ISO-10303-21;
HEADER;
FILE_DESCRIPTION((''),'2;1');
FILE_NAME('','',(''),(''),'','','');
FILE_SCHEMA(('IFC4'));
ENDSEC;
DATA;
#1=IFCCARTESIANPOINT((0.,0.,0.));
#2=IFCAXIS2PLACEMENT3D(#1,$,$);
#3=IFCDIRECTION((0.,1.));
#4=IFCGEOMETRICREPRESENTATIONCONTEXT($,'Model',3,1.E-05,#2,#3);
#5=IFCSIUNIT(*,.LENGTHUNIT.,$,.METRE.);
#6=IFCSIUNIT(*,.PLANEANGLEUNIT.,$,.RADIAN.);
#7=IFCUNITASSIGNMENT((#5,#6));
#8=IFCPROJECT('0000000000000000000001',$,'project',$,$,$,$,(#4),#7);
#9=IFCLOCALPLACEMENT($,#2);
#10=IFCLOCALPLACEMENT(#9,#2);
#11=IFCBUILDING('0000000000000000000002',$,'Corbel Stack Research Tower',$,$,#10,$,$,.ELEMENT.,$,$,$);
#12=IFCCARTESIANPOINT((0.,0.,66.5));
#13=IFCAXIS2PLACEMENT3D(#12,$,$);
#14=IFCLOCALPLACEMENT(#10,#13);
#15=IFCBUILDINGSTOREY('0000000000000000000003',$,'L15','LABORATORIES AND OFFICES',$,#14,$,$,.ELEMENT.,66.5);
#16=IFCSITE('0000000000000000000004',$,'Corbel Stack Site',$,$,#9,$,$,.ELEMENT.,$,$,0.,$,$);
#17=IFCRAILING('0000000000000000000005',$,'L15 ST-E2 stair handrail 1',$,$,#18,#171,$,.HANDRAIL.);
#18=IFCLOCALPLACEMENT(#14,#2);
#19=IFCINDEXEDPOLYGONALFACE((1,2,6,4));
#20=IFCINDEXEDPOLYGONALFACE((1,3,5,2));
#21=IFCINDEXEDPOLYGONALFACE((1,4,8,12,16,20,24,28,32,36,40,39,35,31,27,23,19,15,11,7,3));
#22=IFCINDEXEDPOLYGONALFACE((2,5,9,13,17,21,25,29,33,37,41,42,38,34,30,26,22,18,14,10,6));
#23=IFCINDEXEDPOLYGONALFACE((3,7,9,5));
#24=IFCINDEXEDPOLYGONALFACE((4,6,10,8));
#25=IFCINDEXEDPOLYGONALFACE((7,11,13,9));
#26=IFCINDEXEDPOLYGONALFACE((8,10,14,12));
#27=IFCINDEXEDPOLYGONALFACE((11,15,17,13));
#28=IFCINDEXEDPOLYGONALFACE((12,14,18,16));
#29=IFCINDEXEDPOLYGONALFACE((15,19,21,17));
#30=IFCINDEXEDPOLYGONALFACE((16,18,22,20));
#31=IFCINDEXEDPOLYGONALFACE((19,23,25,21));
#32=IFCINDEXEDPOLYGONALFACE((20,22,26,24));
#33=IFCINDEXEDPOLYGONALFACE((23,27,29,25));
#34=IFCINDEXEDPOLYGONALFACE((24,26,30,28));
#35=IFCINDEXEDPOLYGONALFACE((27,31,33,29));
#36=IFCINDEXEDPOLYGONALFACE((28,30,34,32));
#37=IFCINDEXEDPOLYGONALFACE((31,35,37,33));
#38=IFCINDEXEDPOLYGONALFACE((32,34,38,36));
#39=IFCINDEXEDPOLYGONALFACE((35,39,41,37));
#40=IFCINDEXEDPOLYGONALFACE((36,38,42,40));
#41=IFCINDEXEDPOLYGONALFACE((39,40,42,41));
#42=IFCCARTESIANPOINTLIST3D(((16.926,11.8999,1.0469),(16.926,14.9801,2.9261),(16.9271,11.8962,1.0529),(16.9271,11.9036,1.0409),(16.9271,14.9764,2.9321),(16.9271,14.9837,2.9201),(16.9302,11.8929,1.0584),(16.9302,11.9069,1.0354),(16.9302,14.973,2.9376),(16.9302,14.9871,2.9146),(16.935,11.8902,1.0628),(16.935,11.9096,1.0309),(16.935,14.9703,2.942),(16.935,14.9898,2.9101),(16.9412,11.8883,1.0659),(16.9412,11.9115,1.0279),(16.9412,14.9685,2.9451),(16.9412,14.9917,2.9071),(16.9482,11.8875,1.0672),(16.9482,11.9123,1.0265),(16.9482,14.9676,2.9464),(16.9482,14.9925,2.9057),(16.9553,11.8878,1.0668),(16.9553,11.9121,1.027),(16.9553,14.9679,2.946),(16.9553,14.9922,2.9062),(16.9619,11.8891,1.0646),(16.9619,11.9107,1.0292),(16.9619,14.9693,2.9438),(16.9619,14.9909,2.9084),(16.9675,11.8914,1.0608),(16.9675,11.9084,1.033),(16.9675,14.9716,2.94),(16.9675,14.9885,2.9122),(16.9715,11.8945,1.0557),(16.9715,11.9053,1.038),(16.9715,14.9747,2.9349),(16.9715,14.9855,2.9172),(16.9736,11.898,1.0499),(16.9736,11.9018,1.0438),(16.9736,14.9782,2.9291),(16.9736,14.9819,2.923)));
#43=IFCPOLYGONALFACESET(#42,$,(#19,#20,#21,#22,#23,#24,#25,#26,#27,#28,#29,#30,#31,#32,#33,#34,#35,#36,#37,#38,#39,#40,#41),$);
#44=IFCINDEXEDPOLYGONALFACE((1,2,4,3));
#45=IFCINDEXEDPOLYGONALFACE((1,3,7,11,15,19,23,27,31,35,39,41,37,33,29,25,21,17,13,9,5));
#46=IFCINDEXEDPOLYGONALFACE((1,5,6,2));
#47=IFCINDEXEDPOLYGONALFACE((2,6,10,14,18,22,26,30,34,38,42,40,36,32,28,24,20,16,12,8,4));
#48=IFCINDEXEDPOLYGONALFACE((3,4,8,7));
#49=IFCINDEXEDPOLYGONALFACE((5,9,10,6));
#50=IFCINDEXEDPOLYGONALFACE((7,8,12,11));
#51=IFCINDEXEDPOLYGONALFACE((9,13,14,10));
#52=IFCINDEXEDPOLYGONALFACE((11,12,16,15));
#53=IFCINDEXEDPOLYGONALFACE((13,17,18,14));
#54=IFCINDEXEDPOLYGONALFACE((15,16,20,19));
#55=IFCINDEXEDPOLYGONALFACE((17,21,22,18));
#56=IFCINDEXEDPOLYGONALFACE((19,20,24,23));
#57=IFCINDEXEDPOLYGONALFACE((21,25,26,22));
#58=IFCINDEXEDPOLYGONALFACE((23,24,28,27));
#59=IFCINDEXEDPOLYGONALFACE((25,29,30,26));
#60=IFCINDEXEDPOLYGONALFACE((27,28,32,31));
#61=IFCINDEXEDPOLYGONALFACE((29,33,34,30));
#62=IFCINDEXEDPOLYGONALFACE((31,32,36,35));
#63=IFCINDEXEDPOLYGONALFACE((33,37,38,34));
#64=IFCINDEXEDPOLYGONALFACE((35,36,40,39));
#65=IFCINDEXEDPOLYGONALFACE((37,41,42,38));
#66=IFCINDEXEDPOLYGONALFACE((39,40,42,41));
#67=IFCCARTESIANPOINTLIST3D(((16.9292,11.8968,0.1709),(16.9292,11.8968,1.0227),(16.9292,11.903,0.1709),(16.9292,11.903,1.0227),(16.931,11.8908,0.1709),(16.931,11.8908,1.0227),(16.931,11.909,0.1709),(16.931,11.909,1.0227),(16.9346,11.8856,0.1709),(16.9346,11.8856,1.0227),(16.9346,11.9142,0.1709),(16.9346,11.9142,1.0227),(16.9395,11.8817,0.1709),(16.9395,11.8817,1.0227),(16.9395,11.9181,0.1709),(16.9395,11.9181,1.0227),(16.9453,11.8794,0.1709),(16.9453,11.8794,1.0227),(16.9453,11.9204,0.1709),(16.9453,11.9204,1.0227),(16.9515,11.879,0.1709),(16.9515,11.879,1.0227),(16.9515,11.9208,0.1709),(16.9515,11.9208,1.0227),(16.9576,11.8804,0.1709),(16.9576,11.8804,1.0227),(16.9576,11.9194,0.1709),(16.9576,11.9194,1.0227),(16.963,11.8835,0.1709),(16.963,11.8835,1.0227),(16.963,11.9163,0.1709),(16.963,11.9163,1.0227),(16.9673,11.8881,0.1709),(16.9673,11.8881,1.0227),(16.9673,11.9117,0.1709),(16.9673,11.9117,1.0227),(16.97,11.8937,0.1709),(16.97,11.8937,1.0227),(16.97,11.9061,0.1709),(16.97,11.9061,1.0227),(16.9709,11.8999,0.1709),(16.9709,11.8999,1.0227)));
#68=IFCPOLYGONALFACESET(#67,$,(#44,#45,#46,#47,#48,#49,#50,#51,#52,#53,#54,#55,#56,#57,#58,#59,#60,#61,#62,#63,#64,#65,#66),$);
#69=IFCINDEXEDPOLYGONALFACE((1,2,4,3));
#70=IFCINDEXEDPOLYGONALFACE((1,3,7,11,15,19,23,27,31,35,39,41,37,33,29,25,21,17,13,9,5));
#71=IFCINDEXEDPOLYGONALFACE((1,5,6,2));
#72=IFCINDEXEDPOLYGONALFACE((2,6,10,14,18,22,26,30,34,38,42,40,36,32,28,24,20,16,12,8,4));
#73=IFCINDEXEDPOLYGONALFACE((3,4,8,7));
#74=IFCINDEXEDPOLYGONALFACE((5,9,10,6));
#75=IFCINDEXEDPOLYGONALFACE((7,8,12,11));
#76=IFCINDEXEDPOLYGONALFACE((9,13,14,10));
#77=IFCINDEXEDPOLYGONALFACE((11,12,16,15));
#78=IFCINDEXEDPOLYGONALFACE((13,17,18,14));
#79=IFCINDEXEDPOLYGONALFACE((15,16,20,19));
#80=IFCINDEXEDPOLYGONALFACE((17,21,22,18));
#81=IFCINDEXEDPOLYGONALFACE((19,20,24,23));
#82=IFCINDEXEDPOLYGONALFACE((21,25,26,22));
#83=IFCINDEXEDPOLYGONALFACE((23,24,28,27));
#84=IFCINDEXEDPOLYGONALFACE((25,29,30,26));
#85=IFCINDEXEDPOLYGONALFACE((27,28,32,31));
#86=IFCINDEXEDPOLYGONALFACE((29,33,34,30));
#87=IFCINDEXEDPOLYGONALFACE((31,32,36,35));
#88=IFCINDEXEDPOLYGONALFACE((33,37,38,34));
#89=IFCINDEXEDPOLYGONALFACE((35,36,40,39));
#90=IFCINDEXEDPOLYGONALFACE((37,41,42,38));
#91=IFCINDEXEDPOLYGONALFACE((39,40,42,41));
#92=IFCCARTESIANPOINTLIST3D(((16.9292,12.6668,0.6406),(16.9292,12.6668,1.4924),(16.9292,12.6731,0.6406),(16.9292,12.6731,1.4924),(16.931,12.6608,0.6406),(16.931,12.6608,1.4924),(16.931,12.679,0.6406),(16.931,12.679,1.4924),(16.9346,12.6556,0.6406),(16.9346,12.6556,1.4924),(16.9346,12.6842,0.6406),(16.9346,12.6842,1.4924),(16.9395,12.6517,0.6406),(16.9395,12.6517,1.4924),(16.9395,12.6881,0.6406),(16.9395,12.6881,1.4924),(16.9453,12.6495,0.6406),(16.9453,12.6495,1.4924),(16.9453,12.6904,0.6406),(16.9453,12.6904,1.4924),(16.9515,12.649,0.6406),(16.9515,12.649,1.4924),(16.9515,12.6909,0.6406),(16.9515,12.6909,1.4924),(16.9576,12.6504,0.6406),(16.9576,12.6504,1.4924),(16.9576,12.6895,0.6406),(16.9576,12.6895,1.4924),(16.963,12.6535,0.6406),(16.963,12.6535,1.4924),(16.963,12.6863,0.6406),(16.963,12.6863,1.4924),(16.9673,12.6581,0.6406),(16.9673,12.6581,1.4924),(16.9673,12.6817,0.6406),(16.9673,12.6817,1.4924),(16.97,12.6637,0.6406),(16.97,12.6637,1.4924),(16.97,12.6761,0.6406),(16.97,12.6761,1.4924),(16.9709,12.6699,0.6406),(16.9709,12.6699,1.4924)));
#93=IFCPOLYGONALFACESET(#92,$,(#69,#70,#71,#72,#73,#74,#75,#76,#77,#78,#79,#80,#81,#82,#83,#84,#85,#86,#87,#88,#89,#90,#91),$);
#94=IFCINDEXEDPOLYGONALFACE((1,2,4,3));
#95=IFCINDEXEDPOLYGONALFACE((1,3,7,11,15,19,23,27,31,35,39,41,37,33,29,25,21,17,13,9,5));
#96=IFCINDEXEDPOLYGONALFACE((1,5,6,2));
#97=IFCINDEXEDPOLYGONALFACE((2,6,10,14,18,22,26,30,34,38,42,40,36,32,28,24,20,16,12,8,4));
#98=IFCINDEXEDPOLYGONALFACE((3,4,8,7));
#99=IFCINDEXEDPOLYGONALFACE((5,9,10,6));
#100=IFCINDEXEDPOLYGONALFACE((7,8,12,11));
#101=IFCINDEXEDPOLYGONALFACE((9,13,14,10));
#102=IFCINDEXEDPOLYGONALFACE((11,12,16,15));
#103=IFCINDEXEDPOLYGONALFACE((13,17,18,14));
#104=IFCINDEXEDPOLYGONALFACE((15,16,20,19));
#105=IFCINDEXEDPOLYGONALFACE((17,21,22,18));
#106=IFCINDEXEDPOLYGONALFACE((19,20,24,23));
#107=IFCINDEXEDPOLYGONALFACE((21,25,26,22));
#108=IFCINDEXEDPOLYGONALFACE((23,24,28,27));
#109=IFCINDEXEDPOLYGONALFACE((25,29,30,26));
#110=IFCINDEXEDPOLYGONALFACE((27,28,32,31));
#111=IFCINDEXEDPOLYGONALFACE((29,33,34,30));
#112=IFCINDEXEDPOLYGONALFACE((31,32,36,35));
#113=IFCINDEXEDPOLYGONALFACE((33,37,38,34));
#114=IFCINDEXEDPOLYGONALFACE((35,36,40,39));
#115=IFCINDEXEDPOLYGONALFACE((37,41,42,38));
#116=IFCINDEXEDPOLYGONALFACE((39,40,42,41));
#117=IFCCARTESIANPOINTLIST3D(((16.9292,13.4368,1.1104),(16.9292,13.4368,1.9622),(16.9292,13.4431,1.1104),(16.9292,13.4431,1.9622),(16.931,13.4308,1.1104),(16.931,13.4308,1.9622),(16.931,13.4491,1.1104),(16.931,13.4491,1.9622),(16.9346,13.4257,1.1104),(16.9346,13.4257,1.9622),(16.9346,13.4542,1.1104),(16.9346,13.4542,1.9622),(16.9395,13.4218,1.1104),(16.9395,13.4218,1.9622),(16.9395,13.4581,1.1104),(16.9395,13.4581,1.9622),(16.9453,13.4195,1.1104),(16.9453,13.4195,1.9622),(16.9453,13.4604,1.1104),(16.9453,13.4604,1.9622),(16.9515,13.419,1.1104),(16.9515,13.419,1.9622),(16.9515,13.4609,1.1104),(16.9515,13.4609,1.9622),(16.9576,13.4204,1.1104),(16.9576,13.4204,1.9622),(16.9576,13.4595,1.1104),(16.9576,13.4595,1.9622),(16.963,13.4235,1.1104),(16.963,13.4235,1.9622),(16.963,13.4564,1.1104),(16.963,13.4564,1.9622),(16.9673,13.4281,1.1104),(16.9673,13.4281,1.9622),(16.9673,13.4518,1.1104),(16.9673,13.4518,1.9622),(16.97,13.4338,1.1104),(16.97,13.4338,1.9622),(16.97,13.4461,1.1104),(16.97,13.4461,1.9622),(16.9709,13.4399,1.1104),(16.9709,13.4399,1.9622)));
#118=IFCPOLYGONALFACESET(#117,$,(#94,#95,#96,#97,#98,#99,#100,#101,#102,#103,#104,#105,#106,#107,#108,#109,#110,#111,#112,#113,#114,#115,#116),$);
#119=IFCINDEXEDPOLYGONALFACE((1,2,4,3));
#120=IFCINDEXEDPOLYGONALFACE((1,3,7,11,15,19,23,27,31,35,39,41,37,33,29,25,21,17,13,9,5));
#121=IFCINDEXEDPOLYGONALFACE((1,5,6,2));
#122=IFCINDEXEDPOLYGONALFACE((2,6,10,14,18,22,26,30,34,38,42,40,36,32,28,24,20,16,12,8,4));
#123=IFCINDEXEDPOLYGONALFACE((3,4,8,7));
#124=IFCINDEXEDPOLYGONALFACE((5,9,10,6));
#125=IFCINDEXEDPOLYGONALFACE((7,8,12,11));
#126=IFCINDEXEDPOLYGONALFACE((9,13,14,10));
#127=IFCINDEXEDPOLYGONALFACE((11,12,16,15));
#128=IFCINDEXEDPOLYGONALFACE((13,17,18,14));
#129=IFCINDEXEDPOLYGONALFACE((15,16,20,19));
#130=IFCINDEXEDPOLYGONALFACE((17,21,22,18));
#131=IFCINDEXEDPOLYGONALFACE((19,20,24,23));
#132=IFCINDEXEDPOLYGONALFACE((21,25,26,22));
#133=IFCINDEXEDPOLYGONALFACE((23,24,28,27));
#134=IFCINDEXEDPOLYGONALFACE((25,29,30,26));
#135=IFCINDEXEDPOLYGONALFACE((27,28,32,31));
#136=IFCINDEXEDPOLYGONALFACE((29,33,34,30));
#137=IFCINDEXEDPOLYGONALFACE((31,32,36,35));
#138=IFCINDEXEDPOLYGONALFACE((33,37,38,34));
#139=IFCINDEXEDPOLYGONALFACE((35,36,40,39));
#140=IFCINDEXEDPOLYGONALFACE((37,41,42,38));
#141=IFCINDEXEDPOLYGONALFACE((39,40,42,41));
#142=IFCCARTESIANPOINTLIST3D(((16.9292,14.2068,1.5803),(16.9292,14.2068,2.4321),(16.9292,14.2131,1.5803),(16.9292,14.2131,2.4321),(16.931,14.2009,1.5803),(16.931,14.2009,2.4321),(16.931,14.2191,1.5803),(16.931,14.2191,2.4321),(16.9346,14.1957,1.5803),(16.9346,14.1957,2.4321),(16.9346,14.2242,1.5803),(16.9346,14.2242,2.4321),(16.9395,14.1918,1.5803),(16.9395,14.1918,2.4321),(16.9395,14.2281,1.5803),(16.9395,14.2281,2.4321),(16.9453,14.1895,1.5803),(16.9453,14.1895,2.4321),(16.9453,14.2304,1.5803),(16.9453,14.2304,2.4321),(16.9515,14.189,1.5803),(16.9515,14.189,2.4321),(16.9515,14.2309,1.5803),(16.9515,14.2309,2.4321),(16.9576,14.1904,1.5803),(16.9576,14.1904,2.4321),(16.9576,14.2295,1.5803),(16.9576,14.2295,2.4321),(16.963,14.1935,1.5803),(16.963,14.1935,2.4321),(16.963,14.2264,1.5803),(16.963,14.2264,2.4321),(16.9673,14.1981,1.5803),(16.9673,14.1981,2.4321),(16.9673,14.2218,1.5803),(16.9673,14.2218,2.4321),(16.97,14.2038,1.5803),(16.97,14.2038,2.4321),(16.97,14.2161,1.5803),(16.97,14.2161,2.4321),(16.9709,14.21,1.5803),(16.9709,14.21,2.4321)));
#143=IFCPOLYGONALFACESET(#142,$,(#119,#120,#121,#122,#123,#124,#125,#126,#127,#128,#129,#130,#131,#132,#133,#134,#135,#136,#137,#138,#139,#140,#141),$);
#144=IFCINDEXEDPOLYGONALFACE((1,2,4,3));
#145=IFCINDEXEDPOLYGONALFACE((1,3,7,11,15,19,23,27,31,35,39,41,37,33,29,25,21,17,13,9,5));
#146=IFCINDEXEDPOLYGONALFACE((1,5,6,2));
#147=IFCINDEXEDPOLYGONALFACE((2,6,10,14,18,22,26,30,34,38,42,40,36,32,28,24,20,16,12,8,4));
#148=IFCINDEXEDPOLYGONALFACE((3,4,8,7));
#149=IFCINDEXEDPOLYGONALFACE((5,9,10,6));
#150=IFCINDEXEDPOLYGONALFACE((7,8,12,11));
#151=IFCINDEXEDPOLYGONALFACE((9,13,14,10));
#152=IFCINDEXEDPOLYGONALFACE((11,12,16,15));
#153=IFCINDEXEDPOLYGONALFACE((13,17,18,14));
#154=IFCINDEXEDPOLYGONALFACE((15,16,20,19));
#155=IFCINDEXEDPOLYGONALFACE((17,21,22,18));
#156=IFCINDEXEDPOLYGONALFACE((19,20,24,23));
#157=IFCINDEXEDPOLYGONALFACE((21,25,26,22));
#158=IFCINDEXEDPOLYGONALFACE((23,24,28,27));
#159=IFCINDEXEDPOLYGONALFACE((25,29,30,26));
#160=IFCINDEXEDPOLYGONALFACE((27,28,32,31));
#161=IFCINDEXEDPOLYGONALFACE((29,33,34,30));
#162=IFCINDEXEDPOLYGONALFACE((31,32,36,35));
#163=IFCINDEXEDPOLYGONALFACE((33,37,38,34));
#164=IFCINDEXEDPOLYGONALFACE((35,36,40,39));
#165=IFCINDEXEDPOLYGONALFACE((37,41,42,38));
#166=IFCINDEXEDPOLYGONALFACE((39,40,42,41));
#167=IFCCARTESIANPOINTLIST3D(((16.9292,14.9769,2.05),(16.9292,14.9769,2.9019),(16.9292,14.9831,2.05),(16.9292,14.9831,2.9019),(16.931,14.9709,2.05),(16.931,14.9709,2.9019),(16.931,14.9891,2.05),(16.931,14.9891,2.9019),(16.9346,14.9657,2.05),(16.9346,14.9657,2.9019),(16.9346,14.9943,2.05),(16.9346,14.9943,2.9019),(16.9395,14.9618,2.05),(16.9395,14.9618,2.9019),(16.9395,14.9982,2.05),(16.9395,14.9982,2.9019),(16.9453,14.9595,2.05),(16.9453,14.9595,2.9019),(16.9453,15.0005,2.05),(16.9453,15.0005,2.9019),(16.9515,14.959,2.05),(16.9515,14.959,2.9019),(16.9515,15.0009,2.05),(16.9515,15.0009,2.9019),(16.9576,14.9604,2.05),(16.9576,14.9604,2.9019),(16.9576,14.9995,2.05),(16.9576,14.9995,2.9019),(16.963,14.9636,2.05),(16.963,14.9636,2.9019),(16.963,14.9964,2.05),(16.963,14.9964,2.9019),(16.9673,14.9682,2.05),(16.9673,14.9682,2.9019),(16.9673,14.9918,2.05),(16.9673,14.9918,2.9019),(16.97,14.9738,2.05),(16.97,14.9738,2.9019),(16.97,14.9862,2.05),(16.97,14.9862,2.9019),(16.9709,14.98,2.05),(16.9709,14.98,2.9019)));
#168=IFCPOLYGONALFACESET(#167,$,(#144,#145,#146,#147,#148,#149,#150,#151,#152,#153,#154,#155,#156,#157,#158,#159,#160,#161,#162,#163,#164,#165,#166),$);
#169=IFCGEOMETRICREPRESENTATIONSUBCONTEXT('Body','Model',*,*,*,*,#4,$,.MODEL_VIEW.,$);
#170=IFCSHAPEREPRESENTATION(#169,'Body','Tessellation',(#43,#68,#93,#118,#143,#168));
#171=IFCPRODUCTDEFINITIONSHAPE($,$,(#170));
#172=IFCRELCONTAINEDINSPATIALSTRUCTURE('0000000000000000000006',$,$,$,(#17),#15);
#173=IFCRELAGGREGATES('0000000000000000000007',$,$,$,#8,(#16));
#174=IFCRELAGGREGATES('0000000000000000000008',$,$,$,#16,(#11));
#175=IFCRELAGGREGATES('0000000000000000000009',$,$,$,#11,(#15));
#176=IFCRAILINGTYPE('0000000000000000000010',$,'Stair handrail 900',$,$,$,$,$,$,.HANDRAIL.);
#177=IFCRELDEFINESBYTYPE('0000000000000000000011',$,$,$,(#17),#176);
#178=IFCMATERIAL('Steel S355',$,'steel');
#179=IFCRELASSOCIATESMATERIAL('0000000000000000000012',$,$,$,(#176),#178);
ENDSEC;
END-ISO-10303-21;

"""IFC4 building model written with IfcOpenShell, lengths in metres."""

from ifc_helpers import new_model, si_unit, direction, frame, origin, origin_2d, place, context, subcontext, project, spatial, circle, extrude, material, type_object, element, save


model = new_model("IFC4")

# Units and contexts
model_context = context("Model", 3, precision=1e-05, world=origin(), true_north=direction((0.0, 1.0)))
body_context = subcontext(model_context, "Body", "Model", "MODEL_VIEW")
ifc_project = project(units=[si_unit("LENGTHUNIT", "METRE"), si_unit("PLANEANGLEUNIT", "RADIAN")], contexts=[model_context])

# Site, building, storey
site_placement = place(None, origin())
site = spatial("IfcSite", under=ifc_project, at=site_placement, Name="Corbel Stack Site", CompositionType="ELEMENT", RefElevation=0.0)
building_placement = place(site_placement, origin())
building = spatial("IfcBuilding", under=site, at=building_placement, Name="Corbel Stack Research Tower", CompositionType="ELEMENT")
storey_placement = place(building_placement, frame((0.0, 0.0, 66.5)))
storey = spatial("IfcBuildingStorey", under=building, at=storey_placement, Name="L15", Description="LABORATORIES AND OFFICES", CompositionType="ELEMENT", Elevation=66.5)

# Railing
ifc_material_1 = material(Name="Steel S355", Category="steel")
railing_type_1 = type_object("IfcRailingType", Name="Stair handrail 900", PredefinedType="HANDRAIL", material=ifc_material_1)
railing_1_placement = place(storey_placement, frame((16.95, 11.8999, 0.1709)))
element("IfcRailing", 1, at=railing_1_placement, inside=storey, type_object=railing_type_1, Name="L15 ST-E2 stair handrail 1", PredefinedType="HANDRAIL", context=body_context, shape_type="SweptSolid", body=[
    extrude(circle(Radius=0.0239, at=origin_2d()), frame((0.0, 0.0, 0.876), z_axis=(0.0, 0.853666, 0.52082), x_axis=(-1.0, 0.0, 0.0)), (0.0, 0.0, 1.0), 3.6082),
    extrude(circle(Radius=0.021, at=origin_2d()), origin(), (0.0, 0.0, 1.0), 0.8518),
    extrude(circle(Radius=0.021, at=origin_2d()), frame((0.0, 0.77, 0.4697)), (0.0, 0.0, 1.0), 0.8518),
    extrude(circle(Radius=0.021, at=origin_2d()), frame((0.0, 1.54, 0.9395)), (0.0, 0.0, 1.0), 0.8518),
    extrude(circle(Radius=0.021, at=origin_2d()), frame((0.0, 2.3101, 1.4094)), (0.0, 0.0, 1.0), 0.8518),
    extrude(circle(Radius=0.021, at=origin_2d()), frame((0.0, 3.0801, 1.8792)), (0.0, 0.0, 1.0), 0.8518),
])

save(model, "model.ifc")
